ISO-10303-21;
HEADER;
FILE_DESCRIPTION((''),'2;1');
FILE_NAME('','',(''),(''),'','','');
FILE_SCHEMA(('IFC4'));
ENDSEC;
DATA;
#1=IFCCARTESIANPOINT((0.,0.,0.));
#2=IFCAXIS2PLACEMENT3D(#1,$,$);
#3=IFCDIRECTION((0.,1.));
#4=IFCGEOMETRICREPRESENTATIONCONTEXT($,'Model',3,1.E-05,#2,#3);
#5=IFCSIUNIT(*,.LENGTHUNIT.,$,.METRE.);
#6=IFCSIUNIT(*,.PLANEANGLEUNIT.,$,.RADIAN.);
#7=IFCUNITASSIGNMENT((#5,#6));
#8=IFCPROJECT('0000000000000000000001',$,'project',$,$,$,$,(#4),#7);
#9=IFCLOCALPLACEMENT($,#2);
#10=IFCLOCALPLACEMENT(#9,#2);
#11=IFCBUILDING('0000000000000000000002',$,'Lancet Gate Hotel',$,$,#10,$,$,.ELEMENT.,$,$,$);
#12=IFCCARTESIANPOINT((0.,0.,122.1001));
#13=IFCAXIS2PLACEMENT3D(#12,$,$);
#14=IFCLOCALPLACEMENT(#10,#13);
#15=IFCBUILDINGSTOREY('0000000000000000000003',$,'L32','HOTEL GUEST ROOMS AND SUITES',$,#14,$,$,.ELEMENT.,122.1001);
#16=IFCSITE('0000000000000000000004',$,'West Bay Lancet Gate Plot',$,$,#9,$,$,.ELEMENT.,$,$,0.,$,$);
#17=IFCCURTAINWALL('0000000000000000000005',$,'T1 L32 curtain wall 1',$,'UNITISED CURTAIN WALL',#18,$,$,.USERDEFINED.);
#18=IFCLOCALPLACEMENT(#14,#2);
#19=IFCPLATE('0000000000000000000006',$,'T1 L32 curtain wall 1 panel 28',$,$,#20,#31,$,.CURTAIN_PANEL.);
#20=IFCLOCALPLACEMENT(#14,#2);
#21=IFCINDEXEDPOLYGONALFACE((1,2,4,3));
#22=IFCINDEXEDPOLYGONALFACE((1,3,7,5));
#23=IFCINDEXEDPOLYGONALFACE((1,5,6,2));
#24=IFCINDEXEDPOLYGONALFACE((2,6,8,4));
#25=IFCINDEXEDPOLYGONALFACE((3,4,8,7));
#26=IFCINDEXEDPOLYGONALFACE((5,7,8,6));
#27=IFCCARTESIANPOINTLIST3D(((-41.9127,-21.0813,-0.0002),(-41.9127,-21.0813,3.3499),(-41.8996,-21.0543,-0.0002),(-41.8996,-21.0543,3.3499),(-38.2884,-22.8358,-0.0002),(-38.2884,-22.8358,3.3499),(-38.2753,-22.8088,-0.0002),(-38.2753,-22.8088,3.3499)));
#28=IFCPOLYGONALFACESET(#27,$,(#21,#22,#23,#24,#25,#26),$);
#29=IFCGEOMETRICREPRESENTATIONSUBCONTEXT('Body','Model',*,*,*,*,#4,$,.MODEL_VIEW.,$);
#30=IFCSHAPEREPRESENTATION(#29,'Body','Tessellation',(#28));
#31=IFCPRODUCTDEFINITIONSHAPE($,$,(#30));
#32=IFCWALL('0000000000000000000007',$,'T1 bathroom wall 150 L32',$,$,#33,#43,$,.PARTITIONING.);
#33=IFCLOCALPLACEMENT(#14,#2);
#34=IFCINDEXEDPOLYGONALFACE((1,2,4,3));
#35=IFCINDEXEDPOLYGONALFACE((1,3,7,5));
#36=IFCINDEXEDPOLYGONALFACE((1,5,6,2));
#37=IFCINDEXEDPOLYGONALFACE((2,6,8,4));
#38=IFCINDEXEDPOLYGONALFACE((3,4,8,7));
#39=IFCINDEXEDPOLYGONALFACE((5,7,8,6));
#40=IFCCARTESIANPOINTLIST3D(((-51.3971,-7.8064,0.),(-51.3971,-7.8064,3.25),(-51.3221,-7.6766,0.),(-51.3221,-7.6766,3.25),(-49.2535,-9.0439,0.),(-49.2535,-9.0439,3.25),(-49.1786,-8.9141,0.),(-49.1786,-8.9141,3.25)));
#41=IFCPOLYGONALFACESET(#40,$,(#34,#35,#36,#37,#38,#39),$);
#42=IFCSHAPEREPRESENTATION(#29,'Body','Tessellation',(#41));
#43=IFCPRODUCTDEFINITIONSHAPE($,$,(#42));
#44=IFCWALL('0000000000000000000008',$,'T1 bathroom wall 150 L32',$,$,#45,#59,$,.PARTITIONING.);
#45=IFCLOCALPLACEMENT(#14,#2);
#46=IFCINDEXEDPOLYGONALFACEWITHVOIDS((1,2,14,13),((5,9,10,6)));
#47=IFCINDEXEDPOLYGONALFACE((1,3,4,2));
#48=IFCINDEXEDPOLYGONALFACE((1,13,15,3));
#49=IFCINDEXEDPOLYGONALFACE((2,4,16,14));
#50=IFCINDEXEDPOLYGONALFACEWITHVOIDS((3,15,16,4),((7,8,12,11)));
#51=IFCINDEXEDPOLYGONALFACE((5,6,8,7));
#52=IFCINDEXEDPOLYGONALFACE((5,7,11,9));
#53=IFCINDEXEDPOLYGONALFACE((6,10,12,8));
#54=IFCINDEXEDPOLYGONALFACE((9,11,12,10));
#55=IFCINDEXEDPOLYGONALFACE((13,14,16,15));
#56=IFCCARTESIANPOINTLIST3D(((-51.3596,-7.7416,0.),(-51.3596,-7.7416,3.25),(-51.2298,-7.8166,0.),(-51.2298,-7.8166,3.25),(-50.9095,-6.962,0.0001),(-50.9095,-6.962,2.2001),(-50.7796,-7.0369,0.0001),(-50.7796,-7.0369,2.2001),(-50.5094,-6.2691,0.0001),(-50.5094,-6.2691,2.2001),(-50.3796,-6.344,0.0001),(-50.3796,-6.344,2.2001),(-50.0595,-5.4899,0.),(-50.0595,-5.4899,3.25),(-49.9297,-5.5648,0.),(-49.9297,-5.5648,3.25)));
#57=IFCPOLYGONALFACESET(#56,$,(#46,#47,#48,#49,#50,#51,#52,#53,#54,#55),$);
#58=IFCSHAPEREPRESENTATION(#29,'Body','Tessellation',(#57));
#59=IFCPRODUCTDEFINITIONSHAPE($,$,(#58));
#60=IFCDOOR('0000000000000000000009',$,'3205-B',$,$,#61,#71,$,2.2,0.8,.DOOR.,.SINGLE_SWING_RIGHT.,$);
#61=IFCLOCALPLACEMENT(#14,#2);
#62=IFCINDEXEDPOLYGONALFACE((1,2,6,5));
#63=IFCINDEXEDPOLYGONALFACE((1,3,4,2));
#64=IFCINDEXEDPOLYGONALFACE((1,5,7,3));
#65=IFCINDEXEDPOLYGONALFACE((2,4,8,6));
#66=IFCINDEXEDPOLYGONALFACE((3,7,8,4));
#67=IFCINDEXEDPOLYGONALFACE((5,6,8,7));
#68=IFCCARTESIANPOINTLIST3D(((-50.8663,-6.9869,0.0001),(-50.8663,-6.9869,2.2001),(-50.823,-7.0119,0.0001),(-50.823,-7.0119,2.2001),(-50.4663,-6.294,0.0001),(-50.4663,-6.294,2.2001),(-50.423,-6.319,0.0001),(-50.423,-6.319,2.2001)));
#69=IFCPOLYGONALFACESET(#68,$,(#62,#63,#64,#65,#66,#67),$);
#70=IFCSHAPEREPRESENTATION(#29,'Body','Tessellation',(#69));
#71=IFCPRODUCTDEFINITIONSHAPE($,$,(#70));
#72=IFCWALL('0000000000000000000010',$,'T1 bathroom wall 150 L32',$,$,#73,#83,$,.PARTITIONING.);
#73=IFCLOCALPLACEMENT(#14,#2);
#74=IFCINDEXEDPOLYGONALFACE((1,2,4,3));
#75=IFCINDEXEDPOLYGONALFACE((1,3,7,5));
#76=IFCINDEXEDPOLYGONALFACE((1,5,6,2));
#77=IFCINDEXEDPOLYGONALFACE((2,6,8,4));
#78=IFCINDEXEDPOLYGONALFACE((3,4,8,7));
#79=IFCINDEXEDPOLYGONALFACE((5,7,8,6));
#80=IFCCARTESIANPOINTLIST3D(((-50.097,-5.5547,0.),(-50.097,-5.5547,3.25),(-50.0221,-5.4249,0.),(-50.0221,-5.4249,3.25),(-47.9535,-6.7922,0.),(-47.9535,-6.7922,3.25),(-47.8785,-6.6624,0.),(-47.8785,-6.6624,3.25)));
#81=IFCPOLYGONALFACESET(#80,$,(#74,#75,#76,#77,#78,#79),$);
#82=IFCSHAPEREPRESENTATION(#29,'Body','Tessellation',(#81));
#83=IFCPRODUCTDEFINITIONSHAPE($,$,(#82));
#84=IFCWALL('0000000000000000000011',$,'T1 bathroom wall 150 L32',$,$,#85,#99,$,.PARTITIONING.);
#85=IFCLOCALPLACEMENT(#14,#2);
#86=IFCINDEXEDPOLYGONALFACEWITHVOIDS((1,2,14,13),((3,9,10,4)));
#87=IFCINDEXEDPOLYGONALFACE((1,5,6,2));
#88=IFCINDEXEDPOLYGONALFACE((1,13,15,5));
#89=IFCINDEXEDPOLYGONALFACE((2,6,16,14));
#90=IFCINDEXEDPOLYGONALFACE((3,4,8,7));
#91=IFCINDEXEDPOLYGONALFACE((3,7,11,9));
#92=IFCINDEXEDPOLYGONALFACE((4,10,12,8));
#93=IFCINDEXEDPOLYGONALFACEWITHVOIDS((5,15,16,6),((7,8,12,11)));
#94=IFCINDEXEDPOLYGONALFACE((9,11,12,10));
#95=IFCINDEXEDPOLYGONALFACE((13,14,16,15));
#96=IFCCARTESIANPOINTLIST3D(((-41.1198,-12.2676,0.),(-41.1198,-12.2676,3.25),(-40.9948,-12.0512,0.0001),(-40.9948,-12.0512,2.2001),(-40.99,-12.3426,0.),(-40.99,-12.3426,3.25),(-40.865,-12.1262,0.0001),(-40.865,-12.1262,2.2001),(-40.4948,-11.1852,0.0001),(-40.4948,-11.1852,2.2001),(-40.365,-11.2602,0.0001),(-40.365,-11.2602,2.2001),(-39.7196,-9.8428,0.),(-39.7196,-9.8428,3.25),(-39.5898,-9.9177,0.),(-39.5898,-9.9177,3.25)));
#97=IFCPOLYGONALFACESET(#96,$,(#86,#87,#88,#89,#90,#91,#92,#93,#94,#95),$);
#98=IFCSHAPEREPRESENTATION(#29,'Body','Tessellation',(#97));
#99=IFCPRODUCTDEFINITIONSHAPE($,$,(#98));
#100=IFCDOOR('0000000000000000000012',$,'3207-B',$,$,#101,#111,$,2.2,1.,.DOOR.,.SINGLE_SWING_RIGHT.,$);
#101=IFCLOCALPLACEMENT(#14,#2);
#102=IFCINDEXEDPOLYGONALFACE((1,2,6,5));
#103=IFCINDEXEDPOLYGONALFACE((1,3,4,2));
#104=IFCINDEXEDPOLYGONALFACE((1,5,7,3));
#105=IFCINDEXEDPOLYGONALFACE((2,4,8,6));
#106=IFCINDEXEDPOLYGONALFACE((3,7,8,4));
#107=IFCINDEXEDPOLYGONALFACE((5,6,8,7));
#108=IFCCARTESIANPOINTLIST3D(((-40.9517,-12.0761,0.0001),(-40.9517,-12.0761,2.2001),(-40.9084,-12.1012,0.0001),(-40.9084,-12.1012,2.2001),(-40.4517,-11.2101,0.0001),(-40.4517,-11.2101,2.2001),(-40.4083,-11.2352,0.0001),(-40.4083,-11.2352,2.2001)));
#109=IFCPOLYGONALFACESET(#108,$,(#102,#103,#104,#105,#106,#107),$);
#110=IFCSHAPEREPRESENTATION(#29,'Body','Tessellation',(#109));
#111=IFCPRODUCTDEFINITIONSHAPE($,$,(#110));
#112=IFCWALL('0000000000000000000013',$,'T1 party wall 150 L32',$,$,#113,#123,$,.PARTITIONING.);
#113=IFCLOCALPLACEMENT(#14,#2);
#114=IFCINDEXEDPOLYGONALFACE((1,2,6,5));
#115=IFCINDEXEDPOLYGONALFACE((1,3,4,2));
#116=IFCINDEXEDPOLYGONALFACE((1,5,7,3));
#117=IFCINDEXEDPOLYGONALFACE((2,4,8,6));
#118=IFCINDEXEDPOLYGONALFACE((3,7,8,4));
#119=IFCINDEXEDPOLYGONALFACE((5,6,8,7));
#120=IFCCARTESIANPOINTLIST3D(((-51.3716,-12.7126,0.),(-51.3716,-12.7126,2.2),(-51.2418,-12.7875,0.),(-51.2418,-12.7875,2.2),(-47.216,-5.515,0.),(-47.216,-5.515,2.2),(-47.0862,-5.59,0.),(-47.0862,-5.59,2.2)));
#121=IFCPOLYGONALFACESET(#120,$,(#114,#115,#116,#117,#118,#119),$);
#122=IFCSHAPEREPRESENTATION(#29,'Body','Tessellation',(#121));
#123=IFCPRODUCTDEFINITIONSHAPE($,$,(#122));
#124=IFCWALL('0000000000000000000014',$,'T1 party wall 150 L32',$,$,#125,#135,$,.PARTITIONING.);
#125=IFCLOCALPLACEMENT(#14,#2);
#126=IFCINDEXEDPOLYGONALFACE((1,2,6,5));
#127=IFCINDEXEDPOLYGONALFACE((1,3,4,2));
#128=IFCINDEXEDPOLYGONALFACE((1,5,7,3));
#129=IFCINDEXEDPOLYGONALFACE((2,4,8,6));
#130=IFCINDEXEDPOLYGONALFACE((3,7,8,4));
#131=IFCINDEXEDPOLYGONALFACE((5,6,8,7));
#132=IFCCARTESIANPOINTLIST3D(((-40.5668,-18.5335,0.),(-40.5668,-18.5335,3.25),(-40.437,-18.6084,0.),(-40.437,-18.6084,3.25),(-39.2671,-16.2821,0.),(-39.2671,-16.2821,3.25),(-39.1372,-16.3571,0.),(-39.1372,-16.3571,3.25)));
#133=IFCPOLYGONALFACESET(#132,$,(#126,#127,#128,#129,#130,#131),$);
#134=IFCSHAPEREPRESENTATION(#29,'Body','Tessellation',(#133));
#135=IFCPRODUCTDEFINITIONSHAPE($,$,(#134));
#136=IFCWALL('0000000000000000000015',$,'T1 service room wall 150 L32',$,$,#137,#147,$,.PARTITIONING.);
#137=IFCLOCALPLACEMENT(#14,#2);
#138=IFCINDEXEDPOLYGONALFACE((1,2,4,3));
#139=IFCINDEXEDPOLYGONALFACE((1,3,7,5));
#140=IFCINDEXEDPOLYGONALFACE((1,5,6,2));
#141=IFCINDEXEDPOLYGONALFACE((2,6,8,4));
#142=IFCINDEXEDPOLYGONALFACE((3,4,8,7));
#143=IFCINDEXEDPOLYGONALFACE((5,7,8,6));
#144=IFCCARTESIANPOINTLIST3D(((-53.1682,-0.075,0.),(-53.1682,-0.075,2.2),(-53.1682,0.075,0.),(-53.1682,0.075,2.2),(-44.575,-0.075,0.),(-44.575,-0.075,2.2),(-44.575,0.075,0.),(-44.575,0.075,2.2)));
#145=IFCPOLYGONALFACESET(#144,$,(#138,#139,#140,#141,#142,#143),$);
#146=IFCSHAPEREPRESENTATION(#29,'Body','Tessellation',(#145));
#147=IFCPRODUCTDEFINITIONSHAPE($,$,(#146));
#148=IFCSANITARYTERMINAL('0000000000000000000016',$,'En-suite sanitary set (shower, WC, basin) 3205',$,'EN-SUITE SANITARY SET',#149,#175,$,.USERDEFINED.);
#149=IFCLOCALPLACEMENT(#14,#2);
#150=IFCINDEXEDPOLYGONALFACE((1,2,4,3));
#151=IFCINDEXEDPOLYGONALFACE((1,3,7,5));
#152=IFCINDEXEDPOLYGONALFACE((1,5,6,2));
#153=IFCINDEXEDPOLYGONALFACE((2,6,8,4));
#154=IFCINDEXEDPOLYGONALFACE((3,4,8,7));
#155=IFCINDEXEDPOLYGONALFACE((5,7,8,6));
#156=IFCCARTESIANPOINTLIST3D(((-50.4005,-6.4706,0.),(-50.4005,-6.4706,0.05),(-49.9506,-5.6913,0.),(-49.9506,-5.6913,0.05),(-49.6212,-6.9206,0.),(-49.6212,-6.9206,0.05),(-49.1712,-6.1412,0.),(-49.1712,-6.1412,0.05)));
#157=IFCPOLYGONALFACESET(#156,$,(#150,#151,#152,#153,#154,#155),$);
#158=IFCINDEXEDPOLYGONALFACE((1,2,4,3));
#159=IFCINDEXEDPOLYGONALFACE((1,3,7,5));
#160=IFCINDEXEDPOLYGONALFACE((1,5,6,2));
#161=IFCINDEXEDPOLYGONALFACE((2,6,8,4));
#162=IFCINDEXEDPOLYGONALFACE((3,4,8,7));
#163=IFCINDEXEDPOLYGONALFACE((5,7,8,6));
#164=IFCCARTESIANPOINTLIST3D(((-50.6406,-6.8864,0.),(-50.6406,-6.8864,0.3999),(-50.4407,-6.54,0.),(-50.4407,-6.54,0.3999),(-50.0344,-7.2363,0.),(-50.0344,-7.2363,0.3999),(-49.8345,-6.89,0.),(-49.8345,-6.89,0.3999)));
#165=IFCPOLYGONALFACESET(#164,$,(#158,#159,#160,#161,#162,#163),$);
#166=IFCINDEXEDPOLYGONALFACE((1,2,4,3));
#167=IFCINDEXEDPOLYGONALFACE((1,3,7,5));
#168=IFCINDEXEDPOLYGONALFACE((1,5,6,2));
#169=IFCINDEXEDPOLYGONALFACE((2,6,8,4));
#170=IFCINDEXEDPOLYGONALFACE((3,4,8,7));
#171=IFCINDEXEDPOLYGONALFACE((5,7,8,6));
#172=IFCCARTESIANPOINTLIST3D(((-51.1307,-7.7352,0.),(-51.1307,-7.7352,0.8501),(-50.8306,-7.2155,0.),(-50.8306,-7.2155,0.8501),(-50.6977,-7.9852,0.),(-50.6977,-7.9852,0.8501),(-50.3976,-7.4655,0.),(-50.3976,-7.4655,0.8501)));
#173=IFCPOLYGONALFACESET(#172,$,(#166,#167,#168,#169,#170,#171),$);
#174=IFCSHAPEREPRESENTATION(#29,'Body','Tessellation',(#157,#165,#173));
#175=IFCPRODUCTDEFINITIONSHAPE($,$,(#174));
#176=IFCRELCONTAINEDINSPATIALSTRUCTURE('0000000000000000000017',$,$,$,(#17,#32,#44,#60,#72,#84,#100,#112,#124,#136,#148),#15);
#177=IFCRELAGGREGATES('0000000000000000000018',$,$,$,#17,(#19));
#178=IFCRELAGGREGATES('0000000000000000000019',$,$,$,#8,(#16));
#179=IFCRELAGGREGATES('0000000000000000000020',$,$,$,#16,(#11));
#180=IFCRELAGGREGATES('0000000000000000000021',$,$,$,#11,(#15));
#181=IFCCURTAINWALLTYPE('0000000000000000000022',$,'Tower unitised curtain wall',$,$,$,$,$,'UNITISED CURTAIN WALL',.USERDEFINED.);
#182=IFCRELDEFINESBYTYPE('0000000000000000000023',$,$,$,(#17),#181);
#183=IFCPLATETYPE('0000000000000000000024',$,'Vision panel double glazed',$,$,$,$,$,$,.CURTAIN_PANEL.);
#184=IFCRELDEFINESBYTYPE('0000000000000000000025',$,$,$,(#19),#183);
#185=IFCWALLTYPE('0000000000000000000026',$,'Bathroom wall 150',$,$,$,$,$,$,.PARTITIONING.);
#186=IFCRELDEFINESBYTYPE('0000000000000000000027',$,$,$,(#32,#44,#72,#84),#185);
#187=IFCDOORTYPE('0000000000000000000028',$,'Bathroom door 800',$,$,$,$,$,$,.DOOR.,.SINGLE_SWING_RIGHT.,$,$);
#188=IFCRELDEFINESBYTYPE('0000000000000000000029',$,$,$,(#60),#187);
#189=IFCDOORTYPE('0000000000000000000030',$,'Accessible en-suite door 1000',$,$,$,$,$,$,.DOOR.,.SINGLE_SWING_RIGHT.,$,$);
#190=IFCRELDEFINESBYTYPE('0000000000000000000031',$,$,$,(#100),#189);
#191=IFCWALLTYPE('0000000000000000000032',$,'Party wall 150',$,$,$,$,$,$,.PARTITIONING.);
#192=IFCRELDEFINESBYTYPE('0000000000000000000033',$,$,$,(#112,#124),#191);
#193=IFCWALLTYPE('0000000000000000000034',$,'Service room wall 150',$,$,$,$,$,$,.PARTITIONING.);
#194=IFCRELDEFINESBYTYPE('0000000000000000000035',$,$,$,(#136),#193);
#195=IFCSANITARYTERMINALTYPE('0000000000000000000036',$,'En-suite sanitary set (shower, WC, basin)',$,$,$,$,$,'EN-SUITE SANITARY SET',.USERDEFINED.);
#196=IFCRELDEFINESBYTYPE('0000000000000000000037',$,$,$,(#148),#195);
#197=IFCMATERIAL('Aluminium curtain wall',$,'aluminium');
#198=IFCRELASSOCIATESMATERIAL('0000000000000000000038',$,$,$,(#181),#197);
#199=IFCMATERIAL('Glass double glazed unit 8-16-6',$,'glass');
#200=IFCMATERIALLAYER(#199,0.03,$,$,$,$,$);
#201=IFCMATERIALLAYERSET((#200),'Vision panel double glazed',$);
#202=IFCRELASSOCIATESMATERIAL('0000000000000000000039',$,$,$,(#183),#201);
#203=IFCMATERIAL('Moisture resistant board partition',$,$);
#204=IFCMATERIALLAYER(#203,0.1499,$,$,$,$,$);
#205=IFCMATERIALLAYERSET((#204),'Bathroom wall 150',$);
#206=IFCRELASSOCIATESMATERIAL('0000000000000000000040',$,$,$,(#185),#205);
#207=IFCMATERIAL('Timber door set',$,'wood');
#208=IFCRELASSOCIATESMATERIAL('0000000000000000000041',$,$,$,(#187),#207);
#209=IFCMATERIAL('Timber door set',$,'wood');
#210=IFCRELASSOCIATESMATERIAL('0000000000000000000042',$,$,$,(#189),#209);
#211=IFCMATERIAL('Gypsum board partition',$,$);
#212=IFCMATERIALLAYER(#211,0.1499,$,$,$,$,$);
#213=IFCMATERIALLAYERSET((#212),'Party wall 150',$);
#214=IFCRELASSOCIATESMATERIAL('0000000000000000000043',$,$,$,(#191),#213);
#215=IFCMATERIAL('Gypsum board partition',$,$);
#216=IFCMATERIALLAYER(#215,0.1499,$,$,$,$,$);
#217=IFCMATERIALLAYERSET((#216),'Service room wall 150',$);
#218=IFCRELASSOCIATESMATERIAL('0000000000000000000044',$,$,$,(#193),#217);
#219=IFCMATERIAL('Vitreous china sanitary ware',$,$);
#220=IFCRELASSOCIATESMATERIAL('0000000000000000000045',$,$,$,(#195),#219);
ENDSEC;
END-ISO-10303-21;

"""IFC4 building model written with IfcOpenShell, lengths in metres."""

from ifc_helpers import new_model, si_unit, direction, frame, frame_2d, origin, origin_2d, place, context, subcontext, project, spatial, rectangle, extrude, material, layer, layer_set, type_object, element, fill, aggregate, save


model = new_model("IFC4")

# Units and contexts
model_context = context("Model", 3, precision=1e-05, world=origin(), true_north=direction((0.0, 1.0)))
body_context = subcontext(model_context, "Body", "Model", "MODEL_VIEW")
ifc_project = project(units=[si_unit("LENGTHUNIT", "METRE"), si_unit("PLANEANGLEUNIT", "RADIAN")], contexts=[model_context])

# Site, building, storey
site_placement = place(None, origin())
site = spatial("IfcSite", under=ifc_project, at=site_placement, Name="West Bay Lancet Gate Plot", CompositionType="ELEMENT", RefElevation=0.0)
building_placement = place(site_placement, origin())
building = spatial("IfcBuilding", under=site, at=building_placement, Name="Lancet Gate Hotel", CompositionType="ELEMENT")
storey_placement = place(building_placement, frame((0.0, 0.0, 122.1001)))
storey = spatial("IfcBuildingStorey", under=building, at=storey_placement, Name="L32", Description="HOTEL GUEST ROOMS AND SUITES", CompositionType="ELEMENT", Elevation=122.1001)

# Curtain wall
ifc_material_1 = material(Name="Aluminium curtain wall", Category="aluminium")
curtain_wall_type = type_object("IfcCurtainWallType", Name="Tower unitised curtain wall", ElementType="UNITISED CURTAIN WALL", PredefinedType="USERDEFINED", material=ifc_material_1)
curtain_wall_placement = place(storey_placement, origin())
curtain_wall = element("IfcCurtainWall", 1, at=curtain_wall_placement, inside=storey, type_object=curtain_wall_type, Name="T1 L32 curtain wall 1", ObjectType="UNITISED CURTAIN WALL", PredefinedType="USERDEFINED")

# Plate
ifc_material_2 = material(Name="Glass double glazed unit 8-16-6", Category="glass")
ifc_layer_1 = layer(ifc_material_2, 0.03)
ifc_layer_set_1 = layer_set([ifc_layer_1], Name="Vision panel double glazed")
plate_type = type_object("IfcPlateType", Name="Vision panel double glazed", PredefinedType="CURTAIN_PANEL", material=ifc_layer_set_1)
plate_1_placement = place(storey_placement, frame((-40.094, -21.9451, -0.0002), z_axis=(0.0, 0.0, 1.0), x_axis=(0.900082, -0.435721, 0.0)))
plate_1 = element("IfcPlate", 2, at=plate_1_placement, type_object=plate_type, Name="T1 L32 curtain wall 1 panel 28", PredefinedType="CURTAIN_PANEL", context=body_context, shape_type="SweptSolid", body=[
    extrude(rectangle(XDim=4.0266, YDim=0.03, at=origin_2d()), origin(), (0.0, 0.0, 1.0), 3.3501),
])
aggregate(curtain_wall, [plate_1])

# Wall
ifc_material_3 = material(Name="Moisture resistant board partition")
ifc_layer_2 = layer(ifc_material_3, 0.1499)
ifc_layer_set_2 = layer_set([ifc_layer_2], Name="Bathroom wall 150")
wall_type_1 = type_object("IfcWallType", Name="Bathroom wall 150", PredefinedType="PARTITIONING", material=ifc_layer_set_2)
wall_1_placement = place(storey_placement, frame((-49.2161, -8.979, 0.0), z_axis=(0.0, 0.0, 1.0), x_axis=(-0.866031, 0.49999, 0.0)))
element("IfcWall", 3, at=wall_1_placement, inside=storey, type_object=wall_type_1, Name="T1 bathroom wall 150 L32", PredefinedType="PARTITIONING", context=body_context, shape_type="SweptSolid", body=[
    extrude(rectangle(XDim=2.4751, YDim=0.1499, at=frame_2d((1.2375, 0.0))), origin(), (0.0, 0.0, 1.0), 3.25),
])

# Wall, opening, door
wall_2_placement = place(storey_placement, frame((-49.9946, -5.5273, 0.0), z_axis=(0.0, 0.0, 1.0), x_axis=(-0.500007, -0.866021, 0.0)))
wall_2 = element("IfcWall", 4, at=wall_2_placement, inside=storey, type_object=wall_type_1, Name="T1 bathroom wall 150 L32", PredefinedType="PARTITIONING", context=body_context, shape_type="SweptSolid", body=[
    extrude(rectangle(XDim=2.6001, YDim=0.1499, at=frame_2d((1.3, 0.0))), origin(), (0.0, 0.0, 1.0), 3.25),
])
opening_1_placement = place(wall_2_placement, frame((0.8999, 0.0, 0.0)))
opening_1 = element("IfcOpeningElement", 5, at=opening_1_placement, cuts=wall_2, PredefinedType="OPENING", context=body_context, shape_type="SweptSolid", body=[
    extrude(rectangle(XDim=0.8, YDim=2.2, at=frame_2d((0.3999, 1.1001))), frame((0.0, 0.085, 0.0), z_axis=(0.0, -1.0, 0.0), x_axis=(1.0, 0.0, 0.0)), (0.0, 0.0, 1.0), 0.1699),
])
ifc_material_4 = material(Name="Timber door set", Category="wood")
door_type_1 = type_object("IfcDoorType", Name="Bathroom door 800", OperationType="SINGLE_SWING_RIGHT", PredefinedType="DOOR", material=ifc_material_4)
door_1_placement = place(opening_1_placement, origin())
door_1 = element("IfcDoor", 6, at=door_1_placement, inside=storey, type_object=door_type_1, Name="3205-B", OperationType="SINGLE_SWING_RIGHT", OverallHeight=2.2, OverallWidth=0.8, PredefinedType="DOOR", context=body_context, shape_type="SweptSolid", body=[
    extrude(rectangle(XDim=0.8, YDim=2.2, at=frame_2d((0.3999, 1.1001))), frame((0.0, 0.0249, 0.0), z_axis=(0.0, -1.0, 0.0), x_axis=(1.0, 0.0, 0.0)), (0.0, 0.0, 1.0), 0.05),
])
fill(opening_1, door_1)

# Wall
wall_3_placement = place(storey_placement, frame((-47.916, -6.7273, 0.0), z_axis=(0.0, 0.0, 1.0), x_axis=(-0.866031, 0.49999, 0.0)))
element("IfcWall", 7, at=wall_3_placement, inside=storey, type_object=wall_type_1, Name="T1 bathroom wall 150 L32", PredefinedType="PARTITIONING", context=body_context, shape_type="SweptSolid", body=[
    extrude(rectangle(XDim=2.4751, YDim=0.1499, at=frame_2d((1.2375, 0.0))), origin(), (0.0, 0.0, 1.0), 3.25),
])

# Wall, opening, door
wall_4_placement = place(storey_placement, frame((-39.6548, -9.8804, 0.0), z_axis=(0.0, 0.0, 1.0), x_axis=(-0.50005, -0.865997, 0.0)))
wall_4 = element("IfcWall", 8, at=wall_4_placement, inside=storey, type_object=wall_type_1, Name="T1 bathroom wall 150 L32", PredefinedType="PARTITIONING", context=body_context, shape_type="SweptSolid", body=[
    extrude(rectangle(XDim=2.8, YDim=0.1499, at=frame_2d((1.3999, 0.0))), origin(), (0.0, 0.0, 1.0), 3.25),
])
opening_2_placement = place(wall_4_placement, frame((1.55, 0.0, 0.0)))
opening_2 = element("IfcOpeningElement", 9, at=opening_2_placement, cuts=wall_4, PredefinedType="OPENING", context=body_context, shape_type="SweptSolid", body=[
    extrude(rectangle(XDim=1.0, YDim=2.2, at=frame_2d((0.5, 1.1001))), frame((0.0, 0.085, 0.0), z_axis=(0.0, -1.0, 0.0), x_axis=(1.0, 0.0, 0.0)), (0.0, 0.0, 1.0), 0.1699),
])
ifc_material_5 = material(Name="Timber door set", Category="wood")
door_type_2 = type_object("IfcDoorType", Name="Accessible en-suite door 1000", OperationType="SINGLE_SWING_RIGHT", PredefinedType="DOOR", material=ifc_material_5)
door_2_placement = place(opening_2_placement, origin())
door_2 = element("IfcDoor", 10, at=door_2_placement, inside=storey, type_object=door_type_2, Name="3207-B", OperationType="SINGLE_SWING_RIGHT", OverallHeight=2.2, OverallWidth=1.0, PredefinedType="DOOR", context=body_context, shape_type="SweptSolid", body=[
    extrude(rectangle(XDim=1.0, YDim=2.2, at=frame_2d((0.5, 1.1001))), frame((0.0, 0.0249, 0.0), z_axis=(0.0, -1.0, 0.0), x_axis=(1.0, 0.0, 0.0)), (0.0, 0.0, 1.0), 0.05),
])
fill(opening_2, door_2)

# Walls
ifc_material_6 = material(Name="Gypsum board partition")
ifc_layer_3 = layer(ifc_material_6, 0.1499)
ifc_layer_set_3 = layer_set([ifc_layer_3], Name="Party wall 150")
wall_type_2 = type_object("IfcWallType", Name="Party wall 150", PredefinedType="PARTITIONING", material=ifc_layer_set_3)
wall_5_placement = place(storey_placement, frame((-47.1511, -5.5525, 0.0), z_axis=(0.0, 0.0, 1.0), x_axis=(-0.500003, -0.866024, 0.0)))
element("IfcWall", 11, at=wall_5_placement, inside=storey, type_object=wall_type_2, Name="T1 party wall 150 L32", PredefinedType="PARTITIONING", context=body_context, shape_type="SweptSolid", body=[
    extrude(rectangle(XDim=8.311, YDim=0.1499, at=frame_2d((4.1555, 0.0))), origin(), (0.0, 0.0, 1.0), 2.2),
])
wall_6_placement = place(storey_placement, frame((-39.2021, -16.3196, 0.0), z_axis=(0.0, 0.0, 1.0), x_axis=(-0.499977, -0.866039, 0.0)))
element("IfcWall", 12, at=wall_6_placement, inside=storey, type_object=wall_type_2, Name="T1 party wall 150 L32", PredefinedType="PARTITIONING", context=body_context, shape_type="SweptSolid", body=[
    extrude(rectangle(XDim=2.5996, YDim=0.1499, at=frame_2d((1.2998, 0.0))), origin(), (0.0, 0.0, 1.0), 3.25),
])
ifc_material_7 = material(Name="Gypsum board partition")
ifc_layer_4 = layer(ifc_material_7, 0.1499)
ifc_layer_set_4 = layer_set([ifc_layer_4], Name="Service room wall 150")
wall_type_3 = type_object("IfcWallType", Name="Service room wall 150", PredefinedType="PARTITIONING", material=ifc_layer_set_4)
wall_7_placement = place(storey_placement, frame((-44.575, 0.0, 0.0), z_axis=(0.0, 0.0, 1.0), x_axis=(-1.0, 0.0, 0.0)))
element("IfcWall", 13, at=wall_7_placement, inside=storey, type_object=wall_type_3, Name="T1 service room wall 150 L32", PredefinedType="PARTITIONING", context=body_context, shape_type="SweptSolid", body=[
    extrude(rectangle(XDim=8.5933, YDim=0.1499, at=frame_2d((4.2966, 0.0))), origin(), (0.0, 0.0, 1.0), 2.2),
])

# Sanitary terminal
ifc_material_8 = material(Name="Vitreous china sanitary ware")
sanitary_terminal_type_1 = type_object("IfcSanitaryTerminalType", Name="En-suite sanitary set (shower, WC, basin)", ElementType="EN-SUITE SANITARY SET", PredefinedType="USERDEFINED", material=ifc_material_8)
sanitary_terminal_1_placement = place(storey_placement, frame((-49.7859, -6.3059, 0.0), z_axis=(0.0, 0.0, 1.0), x_axis=(1.0, 0.0, 0.0)))
element("IfcSanitaryTerminal", 14, at=sanitary_terminal_1_placement, inside=storey, type_object=sanitary_terminal_type_1, Name="En-suite sanitary set (shower, WC, basin) 3205", ObjectType="EN-SUITE SANITARY SET", PredefinedType="USERDEFINED", context=body_context, shape_type="SweptSolid", body=[
    extrude(rectangle(XDim=0.8999, YDim=0.8999, at=origin_2d()), frame((0.0, 0.0, 0.0), z_axis=(0.0, 0.0, 1.0), x_axis=(0.5, 0.866025, 0.0)), (0.0, 0.0, 1.0), 0.05),
    extrude(rectangle(XDim=0.3999, YDim=0.7, at=origin_2d()), frame((-0.4517, -0.5823, 0.0), z_axis=(0.0, 0.0, 1.0), x_axis=(0.5, 0.866025, 0.0)), (0.0, 0.0, 1.0), 0.3999),
    extrude(rectangle(XDim=0.6001, YDim=0.5, at=origin_2d()), frame((-0.9783, -1.2944, 0.0), z_axis=(0.0, 0.0, 1.0), x_axis=(0.5, 0.866025, 0.0)), (0.0, 0.0, 1.0), 0.8501),
])

save(model, "model.ifc")
